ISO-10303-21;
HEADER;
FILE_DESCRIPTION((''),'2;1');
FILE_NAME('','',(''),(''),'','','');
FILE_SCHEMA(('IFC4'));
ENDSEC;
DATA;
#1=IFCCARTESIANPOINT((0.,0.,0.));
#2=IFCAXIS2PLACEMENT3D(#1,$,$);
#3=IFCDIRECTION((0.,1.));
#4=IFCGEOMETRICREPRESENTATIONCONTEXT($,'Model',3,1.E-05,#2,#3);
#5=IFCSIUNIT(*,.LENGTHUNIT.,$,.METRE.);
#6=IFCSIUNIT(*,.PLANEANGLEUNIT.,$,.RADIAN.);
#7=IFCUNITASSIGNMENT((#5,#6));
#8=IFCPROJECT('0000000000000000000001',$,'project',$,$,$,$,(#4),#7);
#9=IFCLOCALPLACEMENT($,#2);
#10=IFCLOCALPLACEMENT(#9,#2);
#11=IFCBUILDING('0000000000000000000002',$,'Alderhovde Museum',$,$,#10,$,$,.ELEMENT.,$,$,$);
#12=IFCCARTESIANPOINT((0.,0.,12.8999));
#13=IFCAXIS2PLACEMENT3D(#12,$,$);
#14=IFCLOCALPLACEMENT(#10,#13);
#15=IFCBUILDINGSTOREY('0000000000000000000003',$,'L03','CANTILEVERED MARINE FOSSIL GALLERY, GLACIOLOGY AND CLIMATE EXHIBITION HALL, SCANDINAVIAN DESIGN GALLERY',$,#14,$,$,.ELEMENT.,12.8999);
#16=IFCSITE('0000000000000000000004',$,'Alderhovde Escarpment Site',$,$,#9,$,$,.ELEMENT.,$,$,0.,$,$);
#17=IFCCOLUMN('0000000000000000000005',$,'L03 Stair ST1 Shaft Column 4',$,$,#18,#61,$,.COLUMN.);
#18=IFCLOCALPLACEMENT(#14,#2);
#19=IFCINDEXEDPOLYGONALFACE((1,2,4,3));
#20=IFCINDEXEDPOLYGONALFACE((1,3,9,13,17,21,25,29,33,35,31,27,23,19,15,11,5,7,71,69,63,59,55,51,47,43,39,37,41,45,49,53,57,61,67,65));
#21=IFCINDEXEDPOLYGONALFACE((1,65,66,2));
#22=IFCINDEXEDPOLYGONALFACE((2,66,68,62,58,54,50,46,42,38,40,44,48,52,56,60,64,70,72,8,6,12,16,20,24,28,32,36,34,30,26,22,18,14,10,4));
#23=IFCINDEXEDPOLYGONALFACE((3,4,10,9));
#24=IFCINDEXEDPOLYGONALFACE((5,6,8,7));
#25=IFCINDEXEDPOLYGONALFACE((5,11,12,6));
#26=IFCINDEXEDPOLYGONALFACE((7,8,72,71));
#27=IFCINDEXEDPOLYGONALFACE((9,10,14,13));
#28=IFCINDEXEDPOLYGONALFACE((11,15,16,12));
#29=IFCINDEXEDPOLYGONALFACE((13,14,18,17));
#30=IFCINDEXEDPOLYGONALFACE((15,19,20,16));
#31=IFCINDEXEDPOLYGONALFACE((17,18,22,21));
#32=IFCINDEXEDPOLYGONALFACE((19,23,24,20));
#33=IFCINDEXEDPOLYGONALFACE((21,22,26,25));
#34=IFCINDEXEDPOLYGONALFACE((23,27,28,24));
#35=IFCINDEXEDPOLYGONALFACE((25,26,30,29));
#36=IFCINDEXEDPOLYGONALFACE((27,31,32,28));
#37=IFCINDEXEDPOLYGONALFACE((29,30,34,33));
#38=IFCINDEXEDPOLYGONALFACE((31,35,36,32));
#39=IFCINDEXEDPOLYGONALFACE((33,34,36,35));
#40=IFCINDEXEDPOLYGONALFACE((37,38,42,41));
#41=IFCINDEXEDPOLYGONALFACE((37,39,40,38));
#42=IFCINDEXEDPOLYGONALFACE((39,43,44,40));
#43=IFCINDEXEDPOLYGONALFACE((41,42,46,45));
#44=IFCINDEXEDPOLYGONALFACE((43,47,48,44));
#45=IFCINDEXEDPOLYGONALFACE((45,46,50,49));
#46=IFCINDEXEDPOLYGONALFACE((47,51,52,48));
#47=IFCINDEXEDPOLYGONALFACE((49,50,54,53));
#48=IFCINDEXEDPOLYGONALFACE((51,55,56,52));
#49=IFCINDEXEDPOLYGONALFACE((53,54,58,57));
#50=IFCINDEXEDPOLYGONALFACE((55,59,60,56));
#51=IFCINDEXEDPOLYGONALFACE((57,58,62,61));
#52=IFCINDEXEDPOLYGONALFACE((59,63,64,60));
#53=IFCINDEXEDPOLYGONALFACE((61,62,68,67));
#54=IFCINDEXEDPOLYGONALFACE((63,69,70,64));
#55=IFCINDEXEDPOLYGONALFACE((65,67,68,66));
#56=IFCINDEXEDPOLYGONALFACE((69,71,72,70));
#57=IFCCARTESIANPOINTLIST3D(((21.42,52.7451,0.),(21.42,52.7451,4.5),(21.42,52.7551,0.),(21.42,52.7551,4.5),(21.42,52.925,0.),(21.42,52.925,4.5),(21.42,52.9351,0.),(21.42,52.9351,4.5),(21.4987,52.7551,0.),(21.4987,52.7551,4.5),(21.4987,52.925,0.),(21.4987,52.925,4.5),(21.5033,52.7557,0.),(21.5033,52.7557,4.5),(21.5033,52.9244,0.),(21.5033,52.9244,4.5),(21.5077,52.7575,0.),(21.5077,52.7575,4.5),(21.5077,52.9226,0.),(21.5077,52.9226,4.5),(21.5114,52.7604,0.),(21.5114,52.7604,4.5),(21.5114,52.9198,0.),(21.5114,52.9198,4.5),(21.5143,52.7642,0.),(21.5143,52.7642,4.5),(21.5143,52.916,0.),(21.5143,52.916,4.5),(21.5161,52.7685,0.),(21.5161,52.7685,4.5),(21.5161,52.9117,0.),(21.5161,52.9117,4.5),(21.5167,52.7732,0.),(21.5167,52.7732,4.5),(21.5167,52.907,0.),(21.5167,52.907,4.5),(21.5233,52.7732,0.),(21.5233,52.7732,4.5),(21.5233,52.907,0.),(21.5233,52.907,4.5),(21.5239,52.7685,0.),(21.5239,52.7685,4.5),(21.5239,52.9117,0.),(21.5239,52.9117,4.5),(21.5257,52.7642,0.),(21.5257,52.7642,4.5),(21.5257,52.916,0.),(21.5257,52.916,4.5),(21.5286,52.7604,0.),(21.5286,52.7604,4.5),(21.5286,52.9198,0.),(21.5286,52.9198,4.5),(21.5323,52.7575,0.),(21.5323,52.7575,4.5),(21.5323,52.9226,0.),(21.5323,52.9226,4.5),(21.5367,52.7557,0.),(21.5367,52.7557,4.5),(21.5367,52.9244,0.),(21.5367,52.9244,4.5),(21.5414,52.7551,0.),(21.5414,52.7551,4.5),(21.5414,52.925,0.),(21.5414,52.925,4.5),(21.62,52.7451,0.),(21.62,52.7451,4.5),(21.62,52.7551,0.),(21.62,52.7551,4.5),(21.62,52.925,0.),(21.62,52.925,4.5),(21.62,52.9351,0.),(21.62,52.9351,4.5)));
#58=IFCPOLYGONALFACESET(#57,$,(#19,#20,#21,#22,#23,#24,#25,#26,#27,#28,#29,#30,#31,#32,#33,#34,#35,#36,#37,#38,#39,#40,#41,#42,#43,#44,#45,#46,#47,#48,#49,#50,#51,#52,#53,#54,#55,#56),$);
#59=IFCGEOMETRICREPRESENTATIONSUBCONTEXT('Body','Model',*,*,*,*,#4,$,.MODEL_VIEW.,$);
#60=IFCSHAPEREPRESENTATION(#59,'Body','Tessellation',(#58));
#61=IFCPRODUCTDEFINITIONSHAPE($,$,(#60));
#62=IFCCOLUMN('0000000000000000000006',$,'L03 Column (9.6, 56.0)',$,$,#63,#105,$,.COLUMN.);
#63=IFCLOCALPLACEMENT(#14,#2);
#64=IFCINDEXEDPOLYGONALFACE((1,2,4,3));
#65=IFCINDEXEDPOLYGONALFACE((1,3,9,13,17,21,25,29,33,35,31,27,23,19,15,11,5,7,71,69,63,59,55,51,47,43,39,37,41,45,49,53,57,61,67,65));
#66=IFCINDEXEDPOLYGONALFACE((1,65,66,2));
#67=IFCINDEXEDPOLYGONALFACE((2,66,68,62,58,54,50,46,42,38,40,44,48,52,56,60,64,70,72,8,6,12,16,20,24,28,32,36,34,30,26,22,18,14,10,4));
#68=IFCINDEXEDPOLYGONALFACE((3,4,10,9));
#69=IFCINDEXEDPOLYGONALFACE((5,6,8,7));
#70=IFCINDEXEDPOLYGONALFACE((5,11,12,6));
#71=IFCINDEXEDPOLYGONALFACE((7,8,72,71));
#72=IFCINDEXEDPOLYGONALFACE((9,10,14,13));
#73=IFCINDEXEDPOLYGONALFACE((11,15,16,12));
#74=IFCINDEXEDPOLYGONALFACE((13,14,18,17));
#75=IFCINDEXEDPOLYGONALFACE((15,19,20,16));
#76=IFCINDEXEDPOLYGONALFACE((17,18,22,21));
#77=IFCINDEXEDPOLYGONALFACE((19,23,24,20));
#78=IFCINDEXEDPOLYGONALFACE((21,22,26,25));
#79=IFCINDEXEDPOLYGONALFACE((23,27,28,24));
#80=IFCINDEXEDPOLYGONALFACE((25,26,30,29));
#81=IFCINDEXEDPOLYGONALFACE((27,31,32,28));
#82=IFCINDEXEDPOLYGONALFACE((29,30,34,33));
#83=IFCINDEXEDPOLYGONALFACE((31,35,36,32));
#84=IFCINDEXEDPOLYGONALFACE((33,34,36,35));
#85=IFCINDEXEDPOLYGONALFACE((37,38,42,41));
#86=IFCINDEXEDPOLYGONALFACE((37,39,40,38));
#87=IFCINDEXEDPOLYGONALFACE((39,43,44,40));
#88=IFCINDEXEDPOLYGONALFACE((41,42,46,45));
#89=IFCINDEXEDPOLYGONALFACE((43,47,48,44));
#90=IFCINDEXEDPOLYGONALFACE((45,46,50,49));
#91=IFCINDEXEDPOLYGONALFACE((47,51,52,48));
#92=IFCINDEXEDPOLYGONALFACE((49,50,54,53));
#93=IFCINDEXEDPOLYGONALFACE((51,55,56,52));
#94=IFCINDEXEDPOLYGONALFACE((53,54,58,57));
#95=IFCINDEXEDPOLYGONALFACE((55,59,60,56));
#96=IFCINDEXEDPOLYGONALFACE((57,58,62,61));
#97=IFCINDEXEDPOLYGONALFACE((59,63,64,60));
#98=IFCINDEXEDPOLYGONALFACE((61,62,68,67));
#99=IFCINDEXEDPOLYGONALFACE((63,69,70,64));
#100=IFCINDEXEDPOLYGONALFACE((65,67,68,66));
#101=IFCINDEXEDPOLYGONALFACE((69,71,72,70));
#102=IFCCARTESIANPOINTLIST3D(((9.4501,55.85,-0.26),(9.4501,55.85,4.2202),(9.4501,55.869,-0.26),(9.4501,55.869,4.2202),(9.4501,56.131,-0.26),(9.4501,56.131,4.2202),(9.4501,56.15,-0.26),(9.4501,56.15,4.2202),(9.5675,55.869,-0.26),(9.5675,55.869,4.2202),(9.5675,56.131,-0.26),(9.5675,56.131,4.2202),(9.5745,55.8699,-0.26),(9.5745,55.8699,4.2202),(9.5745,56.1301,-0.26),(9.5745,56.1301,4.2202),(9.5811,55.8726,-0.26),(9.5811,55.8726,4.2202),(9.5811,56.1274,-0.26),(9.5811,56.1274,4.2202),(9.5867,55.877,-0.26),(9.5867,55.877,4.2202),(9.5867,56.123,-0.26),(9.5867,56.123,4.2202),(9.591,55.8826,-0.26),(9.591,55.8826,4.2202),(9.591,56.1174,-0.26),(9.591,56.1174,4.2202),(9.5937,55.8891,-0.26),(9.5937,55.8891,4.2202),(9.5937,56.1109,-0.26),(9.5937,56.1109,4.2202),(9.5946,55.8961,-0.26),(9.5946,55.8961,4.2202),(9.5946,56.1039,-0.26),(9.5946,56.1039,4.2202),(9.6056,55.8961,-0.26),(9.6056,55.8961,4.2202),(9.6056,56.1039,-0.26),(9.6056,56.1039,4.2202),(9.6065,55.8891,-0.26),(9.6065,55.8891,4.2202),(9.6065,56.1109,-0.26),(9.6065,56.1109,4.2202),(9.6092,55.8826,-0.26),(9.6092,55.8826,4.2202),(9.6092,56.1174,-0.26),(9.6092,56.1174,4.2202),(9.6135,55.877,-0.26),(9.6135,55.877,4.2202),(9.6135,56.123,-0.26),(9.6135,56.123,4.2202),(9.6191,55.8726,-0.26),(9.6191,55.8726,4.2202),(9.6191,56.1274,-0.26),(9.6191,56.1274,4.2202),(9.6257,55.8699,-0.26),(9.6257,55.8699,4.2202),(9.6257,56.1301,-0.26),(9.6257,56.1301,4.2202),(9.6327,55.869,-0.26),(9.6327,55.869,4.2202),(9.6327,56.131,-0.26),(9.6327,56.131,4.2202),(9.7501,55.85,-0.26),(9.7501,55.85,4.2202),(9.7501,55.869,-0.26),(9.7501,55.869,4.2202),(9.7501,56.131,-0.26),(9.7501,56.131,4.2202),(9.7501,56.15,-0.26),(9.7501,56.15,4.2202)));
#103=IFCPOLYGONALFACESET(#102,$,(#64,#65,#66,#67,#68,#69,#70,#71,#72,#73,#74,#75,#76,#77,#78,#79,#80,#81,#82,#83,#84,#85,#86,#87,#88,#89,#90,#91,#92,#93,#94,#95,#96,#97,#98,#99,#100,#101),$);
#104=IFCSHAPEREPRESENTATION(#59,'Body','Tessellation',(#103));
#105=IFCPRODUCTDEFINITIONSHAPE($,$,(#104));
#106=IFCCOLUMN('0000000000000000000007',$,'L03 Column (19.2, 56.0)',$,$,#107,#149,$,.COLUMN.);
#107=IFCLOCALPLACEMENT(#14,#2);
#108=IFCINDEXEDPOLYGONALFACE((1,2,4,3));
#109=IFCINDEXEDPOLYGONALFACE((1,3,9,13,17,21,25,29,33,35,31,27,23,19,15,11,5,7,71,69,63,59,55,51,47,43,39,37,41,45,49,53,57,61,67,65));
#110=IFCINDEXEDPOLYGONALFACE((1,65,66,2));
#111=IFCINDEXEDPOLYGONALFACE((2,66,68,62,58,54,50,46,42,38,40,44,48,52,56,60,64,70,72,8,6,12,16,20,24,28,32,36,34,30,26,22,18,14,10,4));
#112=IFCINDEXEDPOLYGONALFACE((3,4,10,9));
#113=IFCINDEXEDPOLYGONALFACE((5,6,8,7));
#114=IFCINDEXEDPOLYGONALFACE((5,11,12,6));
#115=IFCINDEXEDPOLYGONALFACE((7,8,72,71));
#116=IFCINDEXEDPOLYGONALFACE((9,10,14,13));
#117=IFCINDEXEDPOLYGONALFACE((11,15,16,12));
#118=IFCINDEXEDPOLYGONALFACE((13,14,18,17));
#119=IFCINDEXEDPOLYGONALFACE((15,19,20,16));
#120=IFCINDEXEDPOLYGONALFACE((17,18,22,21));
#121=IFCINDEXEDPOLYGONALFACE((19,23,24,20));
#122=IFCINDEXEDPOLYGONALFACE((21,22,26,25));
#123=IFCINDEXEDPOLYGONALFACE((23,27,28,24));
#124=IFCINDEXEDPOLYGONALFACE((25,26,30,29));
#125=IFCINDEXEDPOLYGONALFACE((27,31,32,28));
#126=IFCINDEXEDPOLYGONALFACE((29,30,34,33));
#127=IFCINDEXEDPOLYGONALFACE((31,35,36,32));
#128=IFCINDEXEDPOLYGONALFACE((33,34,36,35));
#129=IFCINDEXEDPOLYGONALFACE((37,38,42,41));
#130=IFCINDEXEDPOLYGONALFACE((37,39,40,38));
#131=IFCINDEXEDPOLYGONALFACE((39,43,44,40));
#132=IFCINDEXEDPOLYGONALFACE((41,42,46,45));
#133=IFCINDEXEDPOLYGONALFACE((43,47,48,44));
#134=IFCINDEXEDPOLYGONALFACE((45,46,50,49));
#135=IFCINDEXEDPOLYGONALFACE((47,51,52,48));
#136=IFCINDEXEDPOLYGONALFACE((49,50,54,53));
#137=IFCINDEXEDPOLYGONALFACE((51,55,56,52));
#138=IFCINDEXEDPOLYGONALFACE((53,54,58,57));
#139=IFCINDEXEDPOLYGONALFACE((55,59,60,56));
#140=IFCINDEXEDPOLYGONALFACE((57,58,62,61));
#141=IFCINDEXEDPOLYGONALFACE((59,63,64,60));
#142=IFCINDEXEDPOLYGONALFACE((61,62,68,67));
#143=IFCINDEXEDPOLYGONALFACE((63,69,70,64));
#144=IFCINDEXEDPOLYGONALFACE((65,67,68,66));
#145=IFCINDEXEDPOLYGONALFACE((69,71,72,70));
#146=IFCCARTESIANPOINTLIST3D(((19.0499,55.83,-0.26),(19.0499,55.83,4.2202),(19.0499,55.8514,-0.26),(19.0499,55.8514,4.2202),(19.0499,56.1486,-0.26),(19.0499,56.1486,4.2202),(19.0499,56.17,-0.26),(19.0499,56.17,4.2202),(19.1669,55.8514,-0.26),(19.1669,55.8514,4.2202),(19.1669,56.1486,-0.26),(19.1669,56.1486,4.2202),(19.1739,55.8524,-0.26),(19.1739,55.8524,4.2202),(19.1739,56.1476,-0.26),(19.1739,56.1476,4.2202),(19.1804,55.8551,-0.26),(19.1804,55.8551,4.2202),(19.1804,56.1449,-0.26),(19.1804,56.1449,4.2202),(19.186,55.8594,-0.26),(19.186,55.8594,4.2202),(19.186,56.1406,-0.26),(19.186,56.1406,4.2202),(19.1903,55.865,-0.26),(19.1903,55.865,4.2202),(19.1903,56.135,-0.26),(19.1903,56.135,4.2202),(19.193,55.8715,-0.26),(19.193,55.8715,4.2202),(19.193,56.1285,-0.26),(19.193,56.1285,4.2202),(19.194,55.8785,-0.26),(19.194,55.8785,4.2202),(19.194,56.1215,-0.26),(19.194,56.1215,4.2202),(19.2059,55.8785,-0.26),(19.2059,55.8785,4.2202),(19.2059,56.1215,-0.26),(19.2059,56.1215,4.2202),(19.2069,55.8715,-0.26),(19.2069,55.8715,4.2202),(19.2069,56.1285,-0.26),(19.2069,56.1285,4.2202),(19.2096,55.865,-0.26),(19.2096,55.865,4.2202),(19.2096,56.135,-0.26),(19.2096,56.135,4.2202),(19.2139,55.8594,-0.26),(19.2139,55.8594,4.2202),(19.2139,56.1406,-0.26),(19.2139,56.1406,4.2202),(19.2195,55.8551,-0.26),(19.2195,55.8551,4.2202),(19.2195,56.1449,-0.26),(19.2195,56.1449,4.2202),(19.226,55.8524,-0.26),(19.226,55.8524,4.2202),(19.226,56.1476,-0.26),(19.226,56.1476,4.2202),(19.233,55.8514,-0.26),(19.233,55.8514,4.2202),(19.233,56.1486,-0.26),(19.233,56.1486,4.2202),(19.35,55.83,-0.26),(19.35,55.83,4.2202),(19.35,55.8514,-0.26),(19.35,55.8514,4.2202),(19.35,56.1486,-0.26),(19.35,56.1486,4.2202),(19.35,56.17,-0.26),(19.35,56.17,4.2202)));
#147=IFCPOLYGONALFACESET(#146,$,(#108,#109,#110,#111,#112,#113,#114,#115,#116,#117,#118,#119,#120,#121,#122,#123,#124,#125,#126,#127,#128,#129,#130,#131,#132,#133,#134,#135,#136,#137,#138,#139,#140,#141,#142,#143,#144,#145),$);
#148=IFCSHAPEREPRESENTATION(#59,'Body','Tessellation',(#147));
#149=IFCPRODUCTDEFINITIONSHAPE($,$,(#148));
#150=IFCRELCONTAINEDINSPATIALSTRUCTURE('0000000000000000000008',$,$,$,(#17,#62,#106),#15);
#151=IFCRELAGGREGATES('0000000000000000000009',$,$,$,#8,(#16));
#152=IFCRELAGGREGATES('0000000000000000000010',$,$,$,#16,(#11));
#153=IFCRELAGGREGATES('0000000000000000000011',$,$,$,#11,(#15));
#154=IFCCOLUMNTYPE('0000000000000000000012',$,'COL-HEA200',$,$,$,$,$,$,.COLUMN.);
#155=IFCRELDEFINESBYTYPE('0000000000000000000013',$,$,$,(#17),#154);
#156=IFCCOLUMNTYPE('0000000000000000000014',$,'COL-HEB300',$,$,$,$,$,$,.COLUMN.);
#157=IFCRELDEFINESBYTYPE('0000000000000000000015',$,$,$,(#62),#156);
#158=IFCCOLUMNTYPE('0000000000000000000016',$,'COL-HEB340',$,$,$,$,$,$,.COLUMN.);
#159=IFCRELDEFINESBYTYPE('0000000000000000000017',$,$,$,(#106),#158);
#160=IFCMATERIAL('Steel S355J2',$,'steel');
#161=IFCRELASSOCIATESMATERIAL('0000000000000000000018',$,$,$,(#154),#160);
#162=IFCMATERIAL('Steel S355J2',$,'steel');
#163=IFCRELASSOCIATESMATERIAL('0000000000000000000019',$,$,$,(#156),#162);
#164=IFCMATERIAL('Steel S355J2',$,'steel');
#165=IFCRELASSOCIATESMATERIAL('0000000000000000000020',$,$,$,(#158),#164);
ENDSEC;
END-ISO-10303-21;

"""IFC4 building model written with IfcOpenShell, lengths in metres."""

from ifc_helpers import new_model, si_unit, direction, frame, origin, origin_2d, place, context, subcontext, project, spatial, i_section, extrude, material, material_profile, profile_set, type_object, element, save


model = new_model("IFC4")

# Units and contexts
model_context = context("Model", 3, precision=1e-05, world=origin(), true_north=direction((0.0, 1.0)))
body_context = subcontext(model_context, "Body", "Model", "MODEL_VIEW")
ifc_project = project(units=[si_unit("LENGTHUNIT", "METRE"), si_unit("PLANEANGLEUNIT", "RADIAN")], contexts=[model_context])

# Site, building, storey
site_placement = place(None, origin())
site = spatial("IfcSite", under=ifc_project, at=site_placement, Name="Alderhovde Escarpment Site", CompositionType="ELEMENT", RefElevation=0.0)
building_placement = place(site_placement, origin())
building = spatial("IfcBuilding", under=site, at=building_placement, Name="Alderhovde Museum", CompositionType="ELEMENT")
storey_placement = place(building_placement, frame((0.0, 0.0, 12.8999)))
storey = spatial("IfcBuildingStorey", under=building, at=storey_placement, Name="L03", Description="CANTILEVERED MARINE FOSSIL GALLERY, GLACIOLOGY AND CLIMATE EXHIBITION HALL, SCANDINAVIAN DESIGN GALLERY", CompositionType="ELEMENT", Elevation=12.8999)

# Columns
ifc_material_1 = material(Name="Steel S355J2", Category="steel")
ifc_material_profile_1 = material_profile(ifc_material_1, i_section(OverallWidth=0.2, OverallDepth=0.1899, WebThickness=0.0066, FlangeThickness=0.01, FilletRadius=0.0181, at=origin_2d()), Name="HEA 200")
ifc_profile_set_1 = profile_set([ifc_material_profile_1], Name="Steel S355J2")
column_type_1 = type_object("IfcColumnType", Name="COL-HEA200", PredefinedType="COLUMN", material=ifc_profile_set_1)
column_1_placement = place(storey_placement, frame((21.52, 52.8401, 0.0), z_axis=(0.0, 0.0, 1.0), x_axis=(1.0, 0.0, 0.0)))
element("IfcColumn", 1, at=column_1_placement, inside=storey, type_object=column_type_1, Name="L03 Stair ST1 Shaft Column 4", PredefinedType="COLUMN", context=body_context, shape_type="SweptSolid", body=[
    extrude(i_section(OverallWidth=0.2, OverallDepth=0.1899, WebThickness=0.0066, FlangeThickness=0.01, FilletRadius=0.0181, at=origin_2d()), origin(), (0.0, 0.0, 1.0), 4.5),
])
ifc_material_2 = material(Name="Steel S355J2", Category="steel")
ifc_material_profile_2 = material_profile(ifc_material_2, i_section(OverallWidth=0.3, OverallDepth=0.3, WebThickness=0.011, FlangeThickness=0.019, FilletRadius=0.0271, at=origin_2d()), Name="HEB 300")
ifc_profile_set_2 = profile_set([ifc_material_profile_2], Name="Steel S355J2")
column_type_2 = type_object("IfcColumnType", Name="COL-HEB300", PredefinedType="COLUMN", material=ifc_profile_set_2)
column_2_placement = place(storey_placement, frame((9.6001, 56.0, -0.26), z_axis=(0.0, 0.0, 1.0), x_axis=(1.0, 0.0, 0.0)))
element("IfcColumn", 2, at=column_2_placement, inside=storey, type_object=column_type_2, Name="L03 Column (9.6, 56.0)", PredefinedType="COLUMN", context=body_context, shape_type="SweptSolid", body=[
    extrude(i_section(OverallWidth=0.3, OverallDepth=0.3, WebThickness=0.011, FlangeThickness=0.019, FilletRadius=0.0271, at=origin_2d()), origin(), (0.0, 0.0, 1.0), 4.4802),
])
ifc_material_3 = material(Name="Steel S355J2", Category="steel")
ifc_material_profile_3 = material_profile(ifc_material_3, i_section(OverallWidth=0.3, OverallDepth=0.3401, WebThickness=0.012, FlangeThickness=0.0215, FilletRadius=0.0271, at=origin_2d()), Name="HEB 340")
ifc_profile_set_3 = profile_set([ifc_material_profile_3], Name="Steel S355J2")
column_type_3 = type_object("IfcColumnType", Name="COL-HEB340", PredefinedType="COLUMN", material=ifc_profile_set_3)
column_3_placement = place(storey_placement, frame((19.2, 56.0, -0.26), z_axis=(0.0, 0.0, 1.0), x_axis=(1.0, 0.0, 0.0)))
element("IfcColumn", 3, at=column_3_placement, inside=storey, type_object=column_type_3, Name="L03 Column (19.2, 56.0)", PredefinedType="COLUMN", context=body_context, shape_type="SweptSolid", body=[
    extrude(i_section(OverallWidth=0.3, OverallDepth=0.3401, WebThickness=0.012, FlangeThickness=0.0215, FilletRadius=0.0271, at=origin_2d()), origin(), (0.0, 0.0, 1.0), 4.4802),
])

save(model, "model.ifc")
